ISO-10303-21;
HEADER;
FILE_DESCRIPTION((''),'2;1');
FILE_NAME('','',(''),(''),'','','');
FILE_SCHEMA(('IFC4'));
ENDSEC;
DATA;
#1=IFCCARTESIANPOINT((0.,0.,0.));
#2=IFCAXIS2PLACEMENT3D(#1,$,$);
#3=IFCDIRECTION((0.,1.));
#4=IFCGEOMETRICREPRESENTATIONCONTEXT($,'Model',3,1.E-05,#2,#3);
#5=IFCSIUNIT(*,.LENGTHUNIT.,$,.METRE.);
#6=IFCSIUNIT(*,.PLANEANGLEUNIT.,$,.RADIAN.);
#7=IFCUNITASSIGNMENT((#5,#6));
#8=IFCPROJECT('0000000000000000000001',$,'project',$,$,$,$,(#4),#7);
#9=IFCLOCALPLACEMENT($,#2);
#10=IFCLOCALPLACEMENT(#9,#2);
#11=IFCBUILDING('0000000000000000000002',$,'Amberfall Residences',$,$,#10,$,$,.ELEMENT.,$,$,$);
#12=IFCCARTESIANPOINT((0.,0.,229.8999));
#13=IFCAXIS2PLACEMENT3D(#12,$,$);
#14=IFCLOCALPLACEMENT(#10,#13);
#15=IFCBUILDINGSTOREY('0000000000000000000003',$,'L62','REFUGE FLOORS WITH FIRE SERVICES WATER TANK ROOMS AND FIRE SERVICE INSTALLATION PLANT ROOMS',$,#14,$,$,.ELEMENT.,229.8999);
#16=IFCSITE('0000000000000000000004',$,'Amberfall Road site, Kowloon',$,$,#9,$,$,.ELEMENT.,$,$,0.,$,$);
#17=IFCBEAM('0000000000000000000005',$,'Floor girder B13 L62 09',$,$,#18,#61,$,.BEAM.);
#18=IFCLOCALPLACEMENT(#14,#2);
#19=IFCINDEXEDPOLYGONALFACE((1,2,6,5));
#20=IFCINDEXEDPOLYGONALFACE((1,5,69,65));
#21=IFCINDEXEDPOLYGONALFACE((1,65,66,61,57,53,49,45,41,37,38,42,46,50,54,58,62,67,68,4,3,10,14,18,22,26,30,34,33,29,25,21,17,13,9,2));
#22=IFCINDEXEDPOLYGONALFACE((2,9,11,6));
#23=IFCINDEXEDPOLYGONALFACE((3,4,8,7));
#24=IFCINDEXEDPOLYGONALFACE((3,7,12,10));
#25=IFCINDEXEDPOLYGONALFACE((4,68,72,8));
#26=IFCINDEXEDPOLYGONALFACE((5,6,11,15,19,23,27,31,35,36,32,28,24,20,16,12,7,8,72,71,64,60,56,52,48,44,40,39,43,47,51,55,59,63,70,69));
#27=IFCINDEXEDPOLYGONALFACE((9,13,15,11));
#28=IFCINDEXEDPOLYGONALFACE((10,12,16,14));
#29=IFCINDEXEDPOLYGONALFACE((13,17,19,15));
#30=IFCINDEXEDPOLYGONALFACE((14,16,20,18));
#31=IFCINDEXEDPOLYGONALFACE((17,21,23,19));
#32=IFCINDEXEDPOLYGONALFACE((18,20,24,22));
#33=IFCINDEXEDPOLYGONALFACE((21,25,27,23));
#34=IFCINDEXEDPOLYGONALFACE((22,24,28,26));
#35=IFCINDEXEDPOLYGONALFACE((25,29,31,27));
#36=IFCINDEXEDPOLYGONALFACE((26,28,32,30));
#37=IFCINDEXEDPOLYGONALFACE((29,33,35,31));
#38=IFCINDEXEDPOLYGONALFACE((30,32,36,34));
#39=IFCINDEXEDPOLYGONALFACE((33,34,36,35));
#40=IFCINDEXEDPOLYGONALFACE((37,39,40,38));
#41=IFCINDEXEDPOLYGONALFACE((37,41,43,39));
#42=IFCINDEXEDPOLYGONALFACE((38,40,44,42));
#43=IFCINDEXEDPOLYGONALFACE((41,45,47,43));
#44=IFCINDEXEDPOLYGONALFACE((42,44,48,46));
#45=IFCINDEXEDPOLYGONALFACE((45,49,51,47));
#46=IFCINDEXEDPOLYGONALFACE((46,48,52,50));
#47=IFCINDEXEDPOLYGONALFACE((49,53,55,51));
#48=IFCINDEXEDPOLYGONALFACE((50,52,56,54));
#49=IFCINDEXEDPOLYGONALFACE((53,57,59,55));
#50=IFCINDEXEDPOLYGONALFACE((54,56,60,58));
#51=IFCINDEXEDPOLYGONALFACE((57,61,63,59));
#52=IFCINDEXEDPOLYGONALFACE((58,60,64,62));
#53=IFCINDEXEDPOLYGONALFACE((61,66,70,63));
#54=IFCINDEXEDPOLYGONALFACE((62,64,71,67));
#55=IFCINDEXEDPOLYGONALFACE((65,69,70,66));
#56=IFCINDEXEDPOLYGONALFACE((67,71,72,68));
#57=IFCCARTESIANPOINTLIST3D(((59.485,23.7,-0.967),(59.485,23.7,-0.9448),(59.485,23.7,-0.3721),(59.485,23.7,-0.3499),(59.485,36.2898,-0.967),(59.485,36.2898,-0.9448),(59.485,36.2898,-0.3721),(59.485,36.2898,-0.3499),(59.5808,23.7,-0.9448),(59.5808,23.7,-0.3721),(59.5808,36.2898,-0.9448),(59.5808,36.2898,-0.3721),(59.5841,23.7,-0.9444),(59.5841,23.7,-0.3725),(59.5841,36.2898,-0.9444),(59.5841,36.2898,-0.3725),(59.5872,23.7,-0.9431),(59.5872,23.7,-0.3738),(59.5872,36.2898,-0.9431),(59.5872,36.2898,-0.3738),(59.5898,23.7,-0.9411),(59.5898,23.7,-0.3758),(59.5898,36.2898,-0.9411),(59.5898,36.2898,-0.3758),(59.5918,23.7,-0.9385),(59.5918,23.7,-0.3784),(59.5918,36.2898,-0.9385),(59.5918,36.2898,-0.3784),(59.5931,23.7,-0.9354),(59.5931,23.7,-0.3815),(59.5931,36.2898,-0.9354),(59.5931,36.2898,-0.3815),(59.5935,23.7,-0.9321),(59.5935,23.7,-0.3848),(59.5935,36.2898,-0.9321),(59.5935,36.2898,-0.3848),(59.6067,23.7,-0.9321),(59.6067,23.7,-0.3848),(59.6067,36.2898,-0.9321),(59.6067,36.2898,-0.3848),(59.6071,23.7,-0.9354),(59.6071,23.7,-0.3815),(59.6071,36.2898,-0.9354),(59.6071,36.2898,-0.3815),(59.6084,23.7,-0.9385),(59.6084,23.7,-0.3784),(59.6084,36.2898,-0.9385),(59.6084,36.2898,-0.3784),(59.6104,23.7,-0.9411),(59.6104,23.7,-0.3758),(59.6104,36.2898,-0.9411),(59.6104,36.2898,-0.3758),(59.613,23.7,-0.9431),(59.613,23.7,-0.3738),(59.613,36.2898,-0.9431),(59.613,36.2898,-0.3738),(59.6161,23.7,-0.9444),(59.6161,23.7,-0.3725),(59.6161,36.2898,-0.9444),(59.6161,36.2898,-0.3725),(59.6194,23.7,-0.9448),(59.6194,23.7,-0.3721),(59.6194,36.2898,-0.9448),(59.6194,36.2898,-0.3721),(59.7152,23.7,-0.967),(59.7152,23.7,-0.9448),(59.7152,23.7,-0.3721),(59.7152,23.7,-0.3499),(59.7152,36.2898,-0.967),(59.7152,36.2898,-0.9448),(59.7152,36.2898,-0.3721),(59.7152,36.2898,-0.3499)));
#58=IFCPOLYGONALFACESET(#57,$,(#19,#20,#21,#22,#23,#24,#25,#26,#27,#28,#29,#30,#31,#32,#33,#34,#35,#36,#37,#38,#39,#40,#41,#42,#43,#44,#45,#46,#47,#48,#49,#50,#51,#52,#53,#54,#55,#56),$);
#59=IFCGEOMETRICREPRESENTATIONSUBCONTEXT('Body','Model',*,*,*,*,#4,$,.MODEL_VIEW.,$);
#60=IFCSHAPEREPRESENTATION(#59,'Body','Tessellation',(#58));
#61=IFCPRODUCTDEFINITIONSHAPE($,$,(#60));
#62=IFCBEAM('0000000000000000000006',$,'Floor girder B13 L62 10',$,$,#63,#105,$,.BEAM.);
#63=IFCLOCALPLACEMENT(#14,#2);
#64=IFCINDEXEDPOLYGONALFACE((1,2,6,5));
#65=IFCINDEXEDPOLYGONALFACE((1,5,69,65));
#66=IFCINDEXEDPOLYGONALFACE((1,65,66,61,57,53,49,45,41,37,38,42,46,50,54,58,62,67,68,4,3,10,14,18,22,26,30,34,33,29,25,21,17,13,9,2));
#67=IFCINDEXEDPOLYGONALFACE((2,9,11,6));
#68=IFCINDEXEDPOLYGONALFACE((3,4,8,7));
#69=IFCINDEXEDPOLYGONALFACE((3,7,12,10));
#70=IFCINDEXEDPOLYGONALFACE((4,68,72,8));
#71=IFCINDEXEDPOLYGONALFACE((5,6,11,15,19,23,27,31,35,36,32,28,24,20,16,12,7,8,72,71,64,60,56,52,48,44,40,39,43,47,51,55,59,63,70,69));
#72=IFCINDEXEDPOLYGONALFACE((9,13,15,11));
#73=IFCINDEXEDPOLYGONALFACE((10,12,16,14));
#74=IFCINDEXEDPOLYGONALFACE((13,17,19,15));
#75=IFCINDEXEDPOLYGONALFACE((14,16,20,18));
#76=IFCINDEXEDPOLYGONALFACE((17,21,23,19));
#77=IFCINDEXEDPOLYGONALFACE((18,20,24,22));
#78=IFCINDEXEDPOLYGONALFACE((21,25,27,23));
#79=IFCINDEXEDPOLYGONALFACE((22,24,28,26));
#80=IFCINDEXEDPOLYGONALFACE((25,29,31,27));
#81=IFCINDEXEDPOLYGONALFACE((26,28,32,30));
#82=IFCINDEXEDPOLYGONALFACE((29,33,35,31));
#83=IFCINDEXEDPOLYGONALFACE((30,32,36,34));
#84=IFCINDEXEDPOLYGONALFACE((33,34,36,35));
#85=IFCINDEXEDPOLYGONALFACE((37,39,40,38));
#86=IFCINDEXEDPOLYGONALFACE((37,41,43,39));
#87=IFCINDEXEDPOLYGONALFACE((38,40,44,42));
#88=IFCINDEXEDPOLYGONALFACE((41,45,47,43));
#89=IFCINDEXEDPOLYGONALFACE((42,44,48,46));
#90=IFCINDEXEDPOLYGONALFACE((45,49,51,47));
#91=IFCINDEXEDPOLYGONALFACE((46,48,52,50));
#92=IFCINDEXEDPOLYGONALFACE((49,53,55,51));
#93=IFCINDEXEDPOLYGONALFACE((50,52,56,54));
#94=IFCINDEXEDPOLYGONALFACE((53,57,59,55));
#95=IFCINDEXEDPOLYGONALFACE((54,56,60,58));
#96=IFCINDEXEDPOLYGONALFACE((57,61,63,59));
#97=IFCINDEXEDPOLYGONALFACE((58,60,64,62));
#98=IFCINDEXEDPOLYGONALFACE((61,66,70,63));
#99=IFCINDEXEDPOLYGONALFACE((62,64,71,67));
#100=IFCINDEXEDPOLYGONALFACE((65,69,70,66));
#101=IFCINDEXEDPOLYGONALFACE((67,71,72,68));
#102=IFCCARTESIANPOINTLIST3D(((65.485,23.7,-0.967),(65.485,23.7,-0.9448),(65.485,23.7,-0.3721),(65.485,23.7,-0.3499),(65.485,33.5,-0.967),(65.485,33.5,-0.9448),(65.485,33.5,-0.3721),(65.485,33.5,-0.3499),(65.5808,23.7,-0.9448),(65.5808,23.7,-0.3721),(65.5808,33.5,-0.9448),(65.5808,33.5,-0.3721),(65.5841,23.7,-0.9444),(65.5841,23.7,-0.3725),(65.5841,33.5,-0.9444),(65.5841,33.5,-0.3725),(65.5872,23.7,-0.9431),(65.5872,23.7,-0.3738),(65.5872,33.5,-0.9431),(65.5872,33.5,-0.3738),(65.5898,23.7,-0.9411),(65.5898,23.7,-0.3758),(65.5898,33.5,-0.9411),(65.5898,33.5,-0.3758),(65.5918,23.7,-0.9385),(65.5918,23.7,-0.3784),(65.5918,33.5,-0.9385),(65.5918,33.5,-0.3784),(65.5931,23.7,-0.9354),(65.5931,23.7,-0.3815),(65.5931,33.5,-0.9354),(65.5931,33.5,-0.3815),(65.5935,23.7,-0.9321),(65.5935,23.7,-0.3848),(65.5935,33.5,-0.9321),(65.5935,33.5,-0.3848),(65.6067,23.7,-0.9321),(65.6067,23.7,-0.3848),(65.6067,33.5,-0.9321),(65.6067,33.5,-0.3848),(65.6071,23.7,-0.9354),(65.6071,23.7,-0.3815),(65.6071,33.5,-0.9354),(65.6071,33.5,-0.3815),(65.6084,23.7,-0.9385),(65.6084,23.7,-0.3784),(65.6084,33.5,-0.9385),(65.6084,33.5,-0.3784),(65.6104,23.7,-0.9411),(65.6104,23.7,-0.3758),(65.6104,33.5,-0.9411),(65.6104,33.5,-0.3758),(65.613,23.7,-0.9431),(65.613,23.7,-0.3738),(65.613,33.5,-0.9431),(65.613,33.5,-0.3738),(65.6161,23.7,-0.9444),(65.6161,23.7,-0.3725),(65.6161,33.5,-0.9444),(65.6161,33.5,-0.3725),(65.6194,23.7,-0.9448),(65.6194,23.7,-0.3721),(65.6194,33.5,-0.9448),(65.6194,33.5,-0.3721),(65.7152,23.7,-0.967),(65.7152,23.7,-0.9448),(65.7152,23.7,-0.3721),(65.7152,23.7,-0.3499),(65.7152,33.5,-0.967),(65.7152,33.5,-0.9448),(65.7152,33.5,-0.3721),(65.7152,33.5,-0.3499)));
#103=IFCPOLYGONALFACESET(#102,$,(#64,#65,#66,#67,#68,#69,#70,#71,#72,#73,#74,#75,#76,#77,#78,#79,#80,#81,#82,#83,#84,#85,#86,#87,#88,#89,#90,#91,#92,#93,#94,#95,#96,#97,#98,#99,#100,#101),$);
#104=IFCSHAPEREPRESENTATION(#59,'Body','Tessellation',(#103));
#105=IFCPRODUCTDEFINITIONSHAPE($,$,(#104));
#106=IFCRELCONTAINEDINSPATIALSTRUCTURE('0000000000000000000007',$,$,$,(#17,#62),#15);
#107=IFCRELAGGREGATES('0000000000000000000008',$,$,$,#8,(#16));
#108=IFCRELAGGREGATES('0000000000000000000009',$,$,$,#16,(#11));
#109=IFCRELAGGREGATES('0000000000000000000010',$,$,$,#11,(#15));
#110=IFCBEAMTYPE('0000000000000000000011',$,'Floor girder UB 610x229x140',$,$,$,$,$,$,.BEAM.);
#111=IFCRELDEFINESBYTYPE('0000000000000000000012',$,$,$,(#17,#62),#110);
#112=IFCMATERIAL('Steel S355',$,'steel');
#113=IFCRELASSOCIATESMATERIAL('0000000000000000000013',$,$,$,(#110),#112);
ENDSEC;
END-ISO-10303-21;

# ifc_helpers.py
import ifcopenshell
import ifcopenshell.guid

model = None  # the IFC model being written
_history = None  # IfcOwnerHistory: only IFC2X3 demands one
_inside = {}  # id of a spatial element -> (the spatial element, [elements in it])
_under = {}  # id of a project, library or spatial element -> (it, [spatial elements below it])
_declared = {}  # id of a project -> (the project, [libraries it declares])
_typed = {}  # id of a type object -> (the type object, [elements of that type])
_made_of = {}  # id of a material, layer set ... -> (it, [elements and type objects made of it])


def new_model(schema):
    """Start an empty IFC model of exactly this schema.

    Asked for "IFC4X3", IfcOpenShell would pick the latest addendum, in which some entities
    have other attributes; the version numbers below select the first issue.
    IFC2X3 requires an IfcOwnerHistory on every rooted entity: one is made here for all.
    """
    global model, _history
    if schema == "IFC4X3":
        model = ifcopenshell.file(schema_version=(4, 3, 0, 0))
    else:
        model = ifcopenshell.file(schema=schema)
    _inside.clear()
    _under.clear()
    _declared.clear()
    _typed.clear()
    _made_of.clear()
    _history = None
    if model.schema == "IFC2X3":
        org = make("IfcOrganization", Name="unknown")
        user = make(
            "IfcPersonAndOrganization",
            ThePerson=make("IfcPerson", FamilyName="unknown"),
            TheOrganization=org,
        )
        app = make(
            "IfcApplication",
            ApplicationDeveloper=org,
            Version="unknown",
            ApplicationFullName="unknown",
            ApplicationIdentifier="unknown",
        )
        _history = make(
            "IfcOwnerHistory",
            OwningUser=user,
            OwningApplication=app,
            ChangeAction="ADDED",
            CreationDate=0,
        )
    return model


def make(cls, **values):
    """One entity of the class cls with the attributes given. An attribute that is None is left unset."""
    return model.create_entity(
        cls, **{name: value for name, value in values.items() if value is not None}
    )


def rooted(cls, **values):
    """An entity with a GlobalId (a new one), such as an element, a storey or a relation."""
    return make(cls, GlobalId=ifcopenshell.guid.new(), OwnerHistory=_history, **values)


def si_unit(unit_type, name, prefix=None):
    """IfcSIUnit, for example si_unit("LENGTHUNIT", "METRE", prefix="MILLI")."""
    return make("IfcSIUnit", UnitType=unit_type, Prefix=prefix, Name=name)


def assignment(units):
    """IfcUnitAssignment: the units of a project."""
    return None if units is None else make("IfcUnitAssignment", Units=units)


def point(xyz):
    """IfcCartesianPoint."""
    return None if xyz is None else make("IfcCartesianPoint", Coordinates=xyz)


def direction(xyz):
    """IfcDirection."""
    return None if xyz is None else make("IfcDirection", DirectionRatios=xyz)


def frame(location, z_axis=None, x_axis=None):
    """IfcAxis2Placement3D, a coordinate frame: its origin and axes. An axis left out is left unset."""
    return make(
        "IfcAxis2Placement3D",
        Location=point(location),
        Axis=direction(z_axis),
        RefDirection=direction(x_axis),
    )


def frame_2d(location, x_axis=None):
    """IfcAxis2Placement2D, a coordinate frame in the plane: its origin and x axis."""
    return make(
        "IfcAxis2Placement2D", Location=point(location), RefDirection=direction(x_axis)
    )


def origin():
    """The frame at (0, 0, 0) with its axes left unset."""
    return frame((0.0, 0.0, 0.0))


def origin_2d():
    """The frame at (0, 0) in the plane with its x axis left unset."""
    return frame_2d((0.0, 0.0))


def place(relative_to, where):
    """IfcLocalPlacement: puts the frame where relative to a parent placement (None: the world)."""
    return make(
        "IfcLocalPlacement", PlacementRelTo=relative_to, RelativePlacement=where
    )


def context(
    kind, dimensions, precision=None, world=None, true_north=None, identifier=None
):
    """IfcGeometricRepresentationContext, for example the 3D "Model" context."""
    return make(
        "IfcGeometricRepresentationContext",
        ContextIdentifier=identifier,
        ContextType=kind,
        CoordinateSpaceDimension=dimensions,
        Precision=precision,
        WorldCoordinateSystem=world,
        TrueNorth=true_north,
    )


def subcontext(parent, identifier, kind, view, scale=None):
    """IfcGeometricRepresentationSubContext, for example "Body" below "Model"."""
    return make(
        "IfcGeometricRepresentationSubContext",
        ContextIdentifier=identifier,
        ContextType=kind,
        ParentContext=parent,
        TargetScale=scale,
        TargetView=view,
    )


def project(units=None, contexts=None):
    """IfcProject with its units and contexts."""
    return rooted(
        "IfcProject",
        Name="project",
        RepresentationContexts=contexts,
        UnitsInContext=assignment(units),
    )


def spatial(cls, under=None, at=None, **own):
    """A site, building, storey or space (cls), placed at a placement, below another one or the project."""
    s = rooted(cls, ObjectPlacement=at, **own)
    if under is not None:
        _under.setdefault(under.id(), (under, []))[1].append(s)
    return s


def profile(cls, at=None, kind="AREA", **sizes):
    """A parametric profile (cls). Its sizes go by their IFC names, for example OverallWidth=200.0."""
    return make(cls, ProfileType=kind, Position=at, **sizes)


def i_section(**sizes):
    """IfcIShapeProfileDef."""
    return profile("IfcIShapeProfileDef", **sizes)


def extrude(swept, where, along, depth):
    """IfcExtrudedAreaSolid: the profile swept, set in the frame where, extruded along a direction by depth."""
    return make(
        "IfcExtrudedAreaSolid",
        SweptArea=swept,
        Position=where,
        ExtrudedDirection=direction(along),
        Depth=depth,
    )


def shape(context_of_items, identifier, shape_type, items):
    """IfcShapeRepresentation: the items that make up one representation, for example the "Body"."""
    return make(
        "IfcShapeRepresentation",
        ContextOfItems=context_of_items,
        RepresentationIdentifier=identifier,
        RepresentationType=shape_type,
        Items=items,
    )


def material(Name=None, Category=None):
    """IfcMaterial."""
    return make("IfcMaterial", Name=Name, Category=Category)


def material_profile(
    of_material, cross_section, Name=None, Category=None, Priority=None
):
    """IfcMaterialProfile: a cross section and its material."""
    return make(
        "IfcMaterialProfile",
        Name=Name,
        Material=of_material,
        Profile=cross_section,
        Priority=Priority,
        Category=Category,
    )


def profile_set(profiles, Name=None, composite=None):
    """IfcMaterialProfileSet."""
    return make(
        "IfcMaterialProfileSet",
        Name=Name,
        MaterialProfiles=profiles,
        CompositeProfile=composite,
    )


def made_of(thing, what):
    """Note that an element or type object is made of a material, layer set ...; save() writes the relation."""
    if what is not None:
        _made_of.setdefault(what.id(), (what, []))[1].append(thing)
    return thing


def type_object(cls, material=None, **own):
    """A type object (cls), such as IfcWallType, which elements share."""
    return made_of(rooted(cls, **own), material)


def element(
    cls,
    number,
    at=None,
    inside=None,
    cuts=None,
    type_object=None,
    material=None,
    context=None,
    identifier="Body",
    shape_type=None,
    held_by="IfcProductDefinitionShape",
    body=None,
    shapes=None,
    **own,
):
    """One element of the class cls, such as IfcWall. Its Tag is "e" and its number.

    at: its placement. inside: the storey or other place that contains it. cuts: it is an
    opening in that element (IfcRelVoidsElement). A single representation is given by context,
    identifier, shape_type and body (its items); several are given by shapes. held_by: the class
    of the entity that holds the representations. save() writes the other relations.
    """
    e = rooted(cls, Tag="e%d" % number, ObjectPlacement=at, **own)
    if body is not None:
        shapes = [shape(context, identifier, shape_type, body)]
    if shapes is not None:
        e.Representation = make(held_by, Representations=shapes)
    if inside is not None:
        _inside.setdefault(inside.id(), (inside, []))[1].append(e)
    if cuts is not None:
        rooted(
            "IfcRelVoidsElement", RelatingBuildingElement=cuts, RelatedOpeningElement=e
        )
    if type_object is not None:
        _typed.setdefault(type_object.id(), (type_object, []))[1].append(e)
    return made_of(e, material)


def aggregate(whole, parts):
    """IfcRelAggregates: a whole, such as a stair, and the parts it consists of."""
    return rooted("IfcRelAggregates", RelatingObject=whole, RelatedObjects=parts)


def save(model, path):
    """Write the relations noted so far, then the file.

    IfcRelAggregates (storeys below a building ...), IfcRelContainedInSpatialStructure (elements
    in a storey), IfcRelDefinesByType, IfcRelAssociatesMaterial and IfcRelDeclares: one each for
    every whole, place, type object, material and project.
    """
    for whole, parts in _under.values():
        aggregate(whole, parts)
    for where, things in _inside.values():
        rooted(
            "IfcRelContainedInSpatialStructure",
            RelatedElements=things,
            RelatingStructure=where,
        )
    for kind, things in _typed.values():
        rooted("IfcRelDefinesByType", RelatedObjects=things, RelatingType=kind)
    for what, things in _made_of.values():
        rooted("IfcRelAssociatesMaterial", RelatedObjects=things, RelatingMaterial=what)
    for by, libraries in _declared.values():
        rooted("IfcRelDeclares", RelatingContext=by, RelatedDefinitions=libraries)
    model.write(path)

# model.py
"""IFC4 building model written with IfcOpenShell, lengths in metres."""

from ifc_helpers import new_model, si_unit, direction, frame, origin, origin_2d, place, context, subcontext, project, spatial, i_section, extrude, material, material_profile, profile_set, type_object, element, save


model = new_model("IFC4")

# Units and contexts
model_context = context("Model", 3, precision=1e-05, world=origin(), true_north=direction((0.0, 1.0)))
body_context = subcontext(model_context, "Body", "Model", "MODEL_VIEW")
ifc_project = project(units=[si_unit("LENGTHUNIT", "METRE"), si_unit("PLANEANGLEUNIT", "RADIAN")], contexts=[model_context])

# Site, building, storey
site_placement = place(None, origin())
site = spatial("IfcSite", under=ifc_project, at=site_placement, Name="Amberfall Road site, Kowloon", CompositionType="ELEMENT", RefElevation=0.0)
building_placement = place(site_placement, origin())
building = spatial("IfcBuilding", under=site, at=building_placement, Name="Amberfall Residences", CompositionType="ELEMENT")
storey_placement = place(building_placement, frame((0.0, 0.0, 229.8999)))
storey = spatial("IfcBuildingStorey", under=building, at=storey_placement, Name="L62", Description="REFUGE FLOORS WITH FIRE SERVICES WATER TANK ROOMS AND FIRE SERVICE INSTALLATION PLANT ROOMS", CompositionType="ELEMENT", Elevation=229.8999)

# Shared definitions
ifc_material_1 = material(Name="Steel S355", Category="steel")

# Beams
ifc_material_profile_1 = material_profile(ifc_material_1, i_section(OverallWidth=0.2302, OverallDepth=0.6172, WebThickness=0.0132, FlangeThickness=0.0222, FilletRadius=0.0127, at=origin_2d()), Name="UB 610x229x140")
ifc_profile_set_1 = profile_set([ifc_material_profile_1], Name="Steel S355")
beam_type_1 = type_object("IfcBeamType", Name="Floor girder UB 610x229x140", PredefinedType="BEAM", material=ifc_profile_set_1)
beam_1_placement = place(storey_placement, frame((59.6001, 23.7, -0.6584), z_axis=(0.0, 1.0, 0.0), x_axis=(-1.0, 0.0, 0.0)))
element("IfcBeam", 1, at=beam_1_placement, inside=storey, type_object=beam_type_1, Name="Floor girder B13 L62 09", PredefinedType="BEAM", context=body_context, shape_type="SweptSolid", body=[
    extrude(i_section(OverallWidth=0.2302, OverallDepth=0.6172, WebThickness=0.0132, FlangeThickness=0.0222, FilletRadius=0.0127, at=origin_2d()), origin(), (0.0, 0.0, 1.0), 12.5898),
])
beam_2_placement = place(storey_placement, frame((65.6001, 23.7, -0.6584), z_axis=(0.0, 1.0, 0.0), x_axis=(-1.0, 0.0, 0.0)))
element("IfcBeam", 2, at=beam_2_placement, inside=storey, type_object=beam_type_1, Name="Floor girder B13 L62 10", PredefinedType="BEAM", context=body_context, shape_type="SweptSolid", body=[
    extrude(i_section(OverallWidth=0.2302, OverallDepth=0.6172, WebThickness=0.0132, FlangeThickness=0.0222, FilletRadius=0.0127, at=origin_2d()), origin(), (0.0, 0.0, 1.0), 9.8),
])

save(model, "model.ifc")
